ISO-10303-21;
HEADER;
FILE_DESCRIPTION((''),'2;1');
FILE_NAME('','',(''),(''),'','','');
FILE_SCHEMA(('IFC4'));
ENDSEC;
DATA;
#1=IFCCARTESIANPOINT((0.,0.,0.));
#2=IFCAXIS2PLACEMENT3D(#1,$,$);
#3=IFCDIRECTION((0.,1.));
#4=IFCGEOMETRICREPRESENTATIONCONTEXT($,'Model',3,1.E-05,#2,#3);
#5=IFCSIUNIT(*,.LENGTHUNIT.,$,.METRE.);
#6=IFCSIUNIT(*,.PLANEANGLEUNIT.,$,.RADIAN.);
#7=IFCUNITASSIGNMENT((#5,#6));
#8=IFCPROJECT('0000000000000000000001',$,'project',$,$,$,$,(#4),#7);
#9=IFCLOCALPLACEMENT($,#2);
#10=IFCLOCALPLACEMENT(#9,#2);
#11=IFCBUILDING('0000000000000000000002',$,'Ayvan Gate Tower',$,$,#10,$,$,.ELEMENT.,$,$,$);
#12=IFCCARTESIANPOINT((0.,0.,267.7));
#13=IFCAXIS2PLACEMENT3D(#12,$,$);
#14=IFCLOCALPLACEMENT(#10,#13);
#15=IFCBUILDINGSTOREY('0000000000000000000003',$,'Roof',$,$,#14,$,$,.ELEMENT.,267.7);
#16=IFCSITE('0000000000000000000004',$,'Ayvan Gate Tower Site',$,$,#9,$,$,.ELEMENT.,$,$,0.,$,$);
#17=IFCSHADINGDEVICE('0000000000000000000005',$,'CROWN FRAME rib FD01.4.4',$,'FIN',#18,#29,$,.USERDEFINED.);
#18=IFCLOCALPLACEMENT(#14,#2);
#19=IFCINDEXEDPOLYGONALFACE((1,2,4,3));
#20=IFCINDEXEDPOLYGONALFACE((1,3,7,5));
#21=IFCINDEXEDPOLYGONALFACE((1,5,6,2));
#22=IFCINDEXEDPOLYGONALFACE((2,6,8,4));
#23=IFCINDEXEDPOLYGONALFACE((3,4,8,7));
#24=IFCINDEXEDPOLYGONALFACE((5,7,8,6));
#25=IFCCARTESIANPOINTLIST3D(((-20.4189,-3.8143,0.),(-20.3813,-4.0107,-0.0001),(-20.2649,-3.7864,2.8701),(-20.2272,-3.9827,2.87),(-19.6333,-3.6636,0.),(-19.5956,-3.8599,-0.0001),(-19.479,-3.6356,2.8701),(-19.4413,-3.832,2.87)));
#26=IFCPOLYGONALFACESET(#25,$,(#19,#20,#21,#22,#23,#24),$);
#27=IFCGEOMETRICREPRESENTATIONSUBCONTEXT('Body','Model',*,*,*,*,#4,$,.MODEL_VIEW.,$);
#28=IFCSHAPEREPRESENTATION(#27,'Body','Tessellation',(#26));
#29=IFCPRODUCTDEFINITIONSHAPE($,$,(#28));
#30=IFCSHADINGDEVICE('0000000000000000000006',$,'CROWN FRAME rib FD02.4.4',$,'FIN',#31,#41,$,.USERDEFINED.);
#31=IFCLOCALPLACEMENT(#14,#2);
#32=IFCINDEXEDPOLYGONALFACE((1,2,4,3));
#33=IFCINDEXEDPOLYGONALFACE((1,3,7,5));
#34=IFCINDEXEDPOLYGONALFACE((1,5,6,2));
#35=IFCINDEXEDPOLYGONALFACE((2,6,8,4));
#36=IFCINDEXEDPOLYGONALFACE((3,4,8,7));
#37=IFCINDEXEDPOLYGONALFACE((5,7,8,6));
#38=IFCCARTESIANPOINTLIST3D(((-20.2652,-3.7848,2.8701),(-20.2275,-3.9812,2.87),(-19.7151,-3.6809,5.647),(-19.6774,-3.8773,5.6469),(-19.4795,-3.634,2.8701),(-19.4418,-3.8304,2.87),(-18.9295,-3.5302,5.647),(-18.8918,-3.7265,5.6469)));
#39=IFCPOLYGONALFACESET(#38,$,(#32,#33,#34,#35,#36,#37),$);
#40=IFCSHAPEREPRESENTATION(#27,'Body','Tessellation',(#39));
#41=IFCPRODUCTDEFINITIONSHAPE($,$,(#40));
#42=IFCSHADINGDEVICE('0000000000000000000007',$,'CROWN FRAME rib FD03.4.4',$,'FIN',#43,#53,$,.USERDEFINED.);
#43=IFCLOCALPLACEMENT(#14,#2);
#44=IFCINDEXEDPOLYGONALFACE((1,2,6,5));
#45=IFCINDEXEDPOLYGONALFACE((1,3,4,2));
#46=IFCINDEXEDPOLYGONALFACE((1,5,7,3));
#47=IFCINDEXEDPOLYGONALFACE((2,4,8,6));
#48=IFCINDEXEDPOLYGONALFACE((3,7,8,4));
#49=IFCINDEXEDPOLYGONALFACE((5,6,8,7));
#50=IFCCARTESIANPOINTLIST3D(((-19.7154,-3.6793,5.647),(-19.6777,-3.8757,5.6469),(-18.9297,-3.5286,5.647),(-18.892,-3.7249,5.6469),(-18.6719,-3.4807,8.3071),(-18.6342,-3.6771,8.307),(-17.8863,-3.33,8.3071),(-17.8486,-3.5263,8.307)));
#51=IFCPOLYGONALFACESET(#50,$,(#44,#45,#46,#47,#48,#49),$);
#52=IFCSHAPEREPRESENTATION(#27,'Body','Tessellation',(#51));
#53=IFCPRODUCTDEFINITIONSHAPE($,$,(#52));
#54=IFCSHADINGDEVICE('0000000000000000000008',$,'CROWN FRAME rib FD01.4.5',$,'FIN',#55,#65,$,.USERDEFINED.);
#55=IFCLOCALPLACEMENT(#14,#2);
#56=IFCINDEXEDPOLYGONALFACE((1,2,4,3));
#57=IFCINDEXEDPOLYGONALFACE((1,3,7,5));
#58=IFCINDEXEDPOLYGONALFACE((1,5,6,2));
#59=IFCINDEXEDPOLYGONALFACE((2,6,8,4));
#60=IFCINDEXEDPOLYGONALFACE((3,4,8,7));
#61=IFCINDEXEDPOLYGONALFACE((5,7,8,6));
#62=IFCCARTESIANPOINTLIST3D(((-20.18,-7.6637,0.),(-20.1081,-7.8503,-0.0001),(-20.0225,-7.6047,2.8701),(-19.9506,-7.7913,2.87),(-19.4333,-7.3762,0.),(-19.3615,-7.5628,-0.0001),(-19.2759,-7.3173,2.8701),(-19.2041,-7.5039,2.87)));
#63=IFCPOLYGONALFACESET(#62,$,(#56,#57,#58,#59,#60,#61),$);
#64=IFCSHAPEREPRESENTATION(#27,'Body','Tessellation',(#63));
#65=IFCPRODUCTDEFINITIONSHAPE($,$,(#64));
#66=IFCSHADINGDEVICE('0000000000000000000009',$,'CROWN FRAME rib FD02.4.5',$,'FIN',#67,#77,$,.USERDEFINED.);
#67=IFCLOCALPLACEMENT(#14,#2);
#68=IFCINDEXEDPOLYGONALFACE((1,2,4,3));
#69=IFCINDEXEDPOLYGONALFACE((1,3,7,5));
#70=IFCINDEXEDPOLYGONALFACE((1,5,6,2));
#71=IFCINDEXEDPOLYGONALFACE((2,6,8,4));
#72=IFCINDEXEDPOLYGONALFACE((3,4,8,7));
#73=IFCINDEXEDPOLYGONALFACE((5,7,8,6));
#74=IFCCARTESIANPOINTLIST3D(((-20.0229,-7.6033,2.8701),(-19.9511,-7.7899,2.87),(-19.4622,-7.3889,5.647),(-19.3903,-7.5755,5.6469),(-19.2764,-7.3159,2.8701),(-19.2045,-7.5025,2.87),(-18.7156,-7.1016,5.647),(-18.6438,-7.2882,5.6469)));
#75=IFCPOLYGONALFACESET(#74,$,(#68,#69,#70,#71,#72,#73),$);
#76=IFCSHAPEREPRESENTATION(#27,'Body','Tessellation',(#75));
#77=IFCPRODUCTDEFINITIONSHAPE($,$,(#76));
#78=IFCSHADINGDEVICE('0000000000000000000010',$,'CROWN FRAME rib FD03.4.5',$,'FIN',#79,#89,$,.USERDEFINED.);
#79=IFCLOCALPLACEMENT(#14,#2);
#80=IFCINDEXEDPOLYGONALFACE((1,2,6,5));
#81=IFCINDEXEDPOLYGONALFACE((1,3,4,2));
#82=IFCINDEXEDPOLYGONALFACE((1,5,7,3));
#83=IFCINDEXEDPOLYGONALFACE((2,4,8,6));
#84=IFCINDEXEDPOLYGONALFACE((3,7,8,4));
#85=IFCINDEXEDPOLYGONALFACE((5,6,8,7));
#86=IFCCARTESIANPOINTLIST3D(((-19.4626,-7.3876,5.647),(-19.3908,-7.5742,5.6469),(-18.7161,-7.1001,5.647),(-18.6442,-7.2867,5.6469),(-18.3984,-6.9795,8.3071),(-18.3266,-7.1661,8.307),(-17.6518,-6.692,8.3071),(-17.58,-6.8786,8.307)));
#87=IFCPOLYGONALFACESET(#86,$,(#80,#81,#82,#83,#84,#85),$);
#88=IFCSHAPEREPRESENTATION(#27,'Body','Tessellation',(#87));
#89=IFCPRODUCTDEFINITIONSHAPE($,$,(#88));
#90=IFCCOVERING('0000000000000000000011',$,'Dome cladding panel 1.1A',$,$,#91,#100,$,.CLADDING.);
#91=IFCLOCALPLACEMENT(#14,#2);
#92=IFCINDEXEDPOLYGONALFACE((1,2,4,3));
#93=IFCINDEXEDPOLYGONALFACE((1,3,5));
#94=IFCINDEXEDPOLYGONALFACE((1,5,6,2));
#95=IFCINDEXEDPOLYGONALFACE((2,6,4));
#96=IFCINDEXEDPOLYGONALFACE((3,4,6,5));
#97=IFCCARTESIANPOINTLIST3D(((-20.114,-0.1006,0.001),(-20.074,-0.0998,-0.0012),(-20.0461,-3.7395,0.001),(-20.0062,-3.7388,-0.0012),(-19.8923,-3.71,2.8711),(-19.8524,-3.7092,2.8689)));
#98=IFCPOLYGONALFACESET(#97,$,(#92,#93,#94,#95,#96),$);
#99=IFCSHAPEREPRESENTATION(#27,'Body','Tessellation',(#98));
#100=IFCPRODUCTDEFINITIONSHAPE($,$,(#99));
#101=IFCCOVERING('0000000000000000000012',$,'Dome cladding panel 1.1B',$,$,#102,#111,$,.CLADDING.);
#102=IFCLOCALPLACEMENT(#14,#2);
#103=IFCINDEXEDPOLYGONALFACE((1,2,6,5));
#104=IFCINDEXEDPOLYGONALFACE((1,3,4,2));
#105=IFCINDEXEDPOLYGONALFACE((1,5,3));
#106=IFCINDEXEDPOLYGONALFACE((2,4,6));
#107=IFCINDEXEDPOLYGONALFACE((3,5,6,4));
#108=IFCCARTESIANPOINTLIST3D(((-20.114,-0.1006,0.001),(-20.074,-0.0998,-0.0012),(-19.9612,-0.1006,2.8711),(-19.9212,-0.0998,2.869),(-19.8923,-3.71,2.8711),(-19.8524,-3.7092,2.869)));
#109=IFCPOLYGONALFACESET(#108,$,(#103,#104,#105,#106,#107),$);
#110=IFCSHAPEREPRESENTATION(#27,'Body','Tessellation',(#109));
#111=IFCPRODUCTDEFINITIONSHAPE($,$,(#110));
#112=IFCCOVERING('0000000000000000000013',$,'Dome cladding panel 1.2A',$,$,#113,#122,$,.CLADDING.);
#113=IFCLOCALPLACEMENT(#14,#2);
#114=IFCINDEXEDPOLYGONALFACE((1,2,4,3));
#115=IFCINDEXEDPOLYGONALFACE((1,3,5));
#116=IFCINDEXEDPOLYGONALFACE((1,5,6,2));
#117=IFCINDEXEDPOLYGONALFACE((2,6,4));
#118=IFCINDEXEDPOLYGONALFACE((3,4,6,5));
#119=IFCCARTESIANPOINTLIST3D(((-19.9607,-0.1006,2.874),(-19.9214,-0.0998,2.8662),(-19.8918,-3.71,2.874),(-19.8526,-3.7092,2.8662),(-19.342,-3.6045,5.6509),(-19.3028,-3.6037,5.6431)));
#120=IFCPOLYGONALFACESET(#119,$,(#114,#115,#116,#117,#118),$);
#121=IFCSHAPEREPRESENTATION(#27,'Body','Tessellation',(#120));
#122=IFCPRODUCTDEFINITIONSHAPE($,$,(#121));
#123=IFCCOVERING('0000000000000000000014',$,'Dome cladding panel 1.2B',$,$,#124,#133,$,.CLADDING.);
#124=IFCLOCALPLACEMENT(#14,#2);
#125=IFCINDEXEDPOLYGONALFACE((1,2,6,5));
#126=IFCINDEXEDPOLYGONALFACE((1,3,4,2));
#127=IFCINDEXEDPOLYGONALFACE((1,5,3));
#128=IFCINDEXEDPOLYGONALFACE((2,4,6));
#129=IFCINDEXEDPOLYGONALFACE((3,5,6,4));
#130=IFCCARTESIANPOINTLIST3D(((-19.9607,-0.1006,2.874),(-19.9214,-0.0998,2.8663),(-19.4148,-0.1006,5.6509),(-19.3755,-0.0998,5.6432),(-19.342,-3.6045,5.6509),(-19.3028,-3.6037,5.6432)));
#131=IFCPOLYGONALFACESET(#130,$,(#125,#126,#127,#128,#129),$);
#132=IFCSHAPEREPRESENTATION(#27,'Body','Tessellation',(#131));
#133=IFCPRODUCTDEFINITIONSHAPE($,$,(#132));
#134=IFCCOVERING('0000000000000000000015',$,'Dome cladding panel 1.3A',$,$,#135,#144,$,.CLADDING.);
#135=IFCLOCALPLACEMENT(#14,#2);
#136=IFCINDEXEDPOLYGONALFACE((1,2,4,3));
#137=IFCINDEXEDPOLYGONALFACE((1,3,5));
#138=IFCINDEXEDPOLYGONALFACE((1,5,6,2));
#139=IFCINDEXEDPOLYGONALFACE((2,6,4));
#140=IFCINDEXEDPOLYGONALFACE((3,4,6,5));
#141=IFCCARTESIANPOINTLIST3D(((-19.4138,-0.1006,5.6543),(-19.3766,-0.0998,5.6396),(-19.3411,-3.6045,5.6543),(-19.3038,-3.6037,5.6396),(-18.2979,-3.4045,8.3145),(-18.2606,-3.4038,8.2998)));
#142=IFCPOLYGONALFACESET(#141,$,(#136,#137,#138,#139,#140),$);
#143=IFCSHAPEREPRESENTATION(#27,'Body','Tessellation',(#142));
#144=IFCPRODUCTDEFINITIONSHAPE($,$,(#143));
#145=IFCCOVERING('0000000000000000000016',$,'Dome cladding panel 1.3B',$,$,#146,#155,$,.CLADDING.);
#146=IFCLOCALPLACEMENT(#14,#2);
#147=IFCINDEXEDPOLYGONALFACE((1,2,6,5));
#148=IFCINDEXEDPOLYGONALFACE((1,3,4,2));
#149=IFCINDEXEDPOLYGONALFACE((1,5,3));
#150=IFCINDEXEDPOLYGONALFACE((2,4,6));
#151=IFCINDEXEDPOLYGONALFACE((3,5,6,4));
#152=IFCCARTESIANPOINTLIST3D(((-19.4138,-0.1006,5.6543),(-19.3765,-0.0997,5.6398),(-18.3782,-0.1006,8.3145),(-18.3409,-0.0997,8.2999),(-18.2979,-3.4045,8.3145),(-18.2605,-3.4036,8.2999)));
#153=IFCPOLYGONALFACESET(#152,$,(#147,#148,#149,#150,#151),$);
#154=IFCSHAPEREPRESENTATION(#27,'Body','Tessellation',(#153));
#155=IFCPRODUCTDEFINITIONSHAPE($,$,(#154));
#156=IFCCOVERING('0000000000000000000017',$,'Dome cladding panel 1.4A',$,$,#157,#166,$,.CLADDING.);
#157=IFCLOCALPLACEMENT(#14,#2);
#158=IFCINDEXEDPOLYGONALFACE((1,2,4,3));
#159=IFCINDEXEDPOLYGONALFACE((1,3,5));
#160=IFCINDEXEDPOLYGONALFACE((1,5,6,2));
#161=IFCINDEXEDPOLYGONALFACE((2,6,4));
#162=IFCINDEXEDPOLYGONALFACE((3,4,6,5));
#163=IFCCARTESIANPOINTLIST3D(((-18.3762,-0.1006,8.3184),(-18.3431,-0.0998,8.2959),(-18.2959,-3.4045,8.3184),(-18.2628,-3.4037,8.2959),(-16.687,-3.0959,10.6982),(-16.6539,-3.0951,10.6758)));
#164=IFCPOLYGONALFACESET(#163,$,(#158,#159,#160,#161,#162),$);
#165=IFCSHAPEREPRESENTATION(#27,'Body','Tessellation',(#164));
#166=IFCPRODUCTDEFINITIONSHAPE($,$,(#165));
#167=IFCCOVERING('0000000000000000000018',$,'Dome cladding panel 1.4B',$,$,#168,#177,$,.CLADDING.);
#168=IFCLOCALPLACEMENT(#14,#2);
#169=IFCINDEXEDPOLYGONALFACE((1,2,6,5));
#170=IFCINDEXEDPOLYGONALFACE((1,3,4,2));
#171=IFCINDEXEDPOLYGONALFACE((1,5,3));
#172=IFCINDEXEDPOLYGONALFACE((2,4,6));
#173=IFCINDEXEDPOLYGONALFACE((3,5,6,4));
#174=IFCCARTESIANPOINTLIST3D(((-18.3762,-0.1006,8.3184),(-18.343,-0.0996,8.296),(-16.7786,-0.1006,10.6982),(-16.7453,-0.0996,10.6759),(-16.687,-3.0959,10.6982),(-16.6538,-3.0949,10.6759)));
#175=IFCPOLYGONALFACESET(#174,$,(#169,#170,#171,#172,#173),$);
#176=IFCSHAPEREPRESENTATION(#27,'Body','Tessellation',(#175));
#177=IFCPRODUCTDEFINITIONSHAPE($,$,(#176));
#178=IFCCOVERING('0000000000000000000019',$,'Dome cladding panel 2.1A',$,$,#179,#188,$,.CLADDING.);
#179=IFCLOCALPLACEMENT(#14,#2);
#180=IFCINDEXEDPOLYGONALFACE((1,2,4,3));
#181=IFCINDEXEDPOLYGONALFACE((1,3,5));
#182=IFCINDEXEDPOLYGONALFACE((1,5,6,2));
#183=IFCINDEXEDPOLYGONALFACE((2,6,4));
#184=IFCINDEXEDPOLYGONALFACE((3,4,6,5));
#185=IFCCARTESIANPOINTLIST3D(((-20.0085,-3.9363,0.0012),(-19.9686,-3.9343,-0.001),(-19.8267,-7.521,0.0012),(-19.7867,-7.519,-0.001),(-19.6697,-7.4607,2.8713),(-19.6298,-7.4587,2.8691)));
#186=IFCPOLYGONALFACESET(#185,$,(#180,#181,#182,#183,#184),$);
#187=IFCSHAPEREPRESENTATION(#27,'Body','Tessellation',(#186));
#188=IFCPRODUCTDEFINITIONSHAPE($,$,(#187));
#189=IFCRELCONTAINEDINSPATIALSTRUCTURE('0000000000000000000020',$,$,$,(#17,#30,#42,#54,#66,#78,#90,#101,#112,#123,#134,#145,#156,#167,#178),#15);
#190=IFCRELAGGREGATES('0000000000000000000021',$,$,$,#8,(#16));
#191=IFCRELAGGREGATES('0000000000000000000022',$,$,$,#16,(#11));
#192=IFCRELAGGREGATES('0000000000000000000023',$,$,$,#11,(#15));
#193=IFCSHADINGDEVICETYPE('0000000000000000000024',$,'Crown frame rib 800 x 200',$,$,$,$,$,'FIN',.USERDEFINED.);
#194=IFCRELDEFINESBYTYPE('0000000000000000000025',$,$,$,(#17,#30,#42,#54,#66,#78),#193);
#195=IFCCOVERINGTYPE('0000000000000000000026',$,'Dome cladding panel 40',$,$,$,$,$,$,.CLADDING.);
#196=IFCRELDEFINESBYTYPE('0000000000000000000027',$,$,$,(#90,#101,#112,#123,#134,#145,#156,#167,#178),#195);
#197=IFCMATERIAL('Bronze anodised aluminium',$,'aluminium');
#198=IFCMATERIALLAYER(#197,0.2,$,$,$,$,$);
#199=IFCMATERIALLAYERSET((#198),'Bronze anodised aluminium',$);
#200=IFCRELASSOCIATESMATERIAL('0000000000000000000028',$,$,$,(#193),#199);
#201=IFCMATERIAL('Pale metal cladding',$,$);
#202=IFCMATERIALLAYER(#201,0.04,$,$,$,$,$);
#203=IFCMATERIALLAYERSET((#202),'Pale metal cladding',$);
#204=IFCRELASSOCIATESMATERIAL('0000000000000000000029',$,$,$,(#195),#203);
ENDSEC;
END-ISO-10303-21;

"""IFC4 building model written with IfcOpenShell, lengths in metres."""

from ifc_helpers import new_model, si_unit, direction, frame, origin, place, context, subcontext, project, spatial, polyline, outline, extrude, material, layer, layer_set, type_object, element, save


model = new_model("IFC4")

# Units and contexts
model_context = context("Model", 3, precision=1e-05, world=origin(), true_north=direction((0.0, 1.0)))
body_context = subcontext(model_context, "Body", "Model", "MODEL_VIEW")
ifc_project = project(units=[si_unit("LENGTHUNIT", "METRE"), si_unit("PLANEANGLEUNIT", "RADIAN")], contexts=[model_context])

# Site, building, storey
site_placement = place(None, origin())
site = spatial("IfcSite", under=ifc_project, at=site_placement, Name="Ayvan Gate Tower Site", CompositionType="ELEMENT", RefElevation=0.0)
building_placement = place(site_placement, origin())
building = spatial("IfcBuilding", under=site, at=building_placement, Name="Ayvan Gate Tower", CompositionType="ELEMENT")
storey_placement = place(building_placement, frame((0.0, 0.0, 267.7)))
storey = spatial("IfcBuildingStorey", under=building, at=storey_placement, Name="Roof", CompositionType="ELEMENT", Elevation=267.7)

# Shading devices
ifc_material_1 = material(Name="Bronze anodised aluminium", Category="aluminium")
ifc_layer_1 = layer(ifc_material_1, 0.2)
ifc_layer_set_1 = layer_set([ifc_layer_1], Name="Bronze anodised aluminium")
shading_device_type = type_object("IfcShadingDeviceType", Name="Crown frame rib 800 x 200", ElementType="FIN", PredefinedType="USERDEFINED", material=ifc_layer_set_1)
shading_device_1_placement = place(storey_placement, frame((-19.6333, -3.6636, 0.0), z_axis=(-0.188423, 0.982088, 0.000556), x_axis=(-0.982088, -0.188423, 0.0)))
element("IfcShadingDevice", 1, at=shading_device_1_placement, inside=storey, type_object=shading_device_type, Name="CROWN FRAME rib FD01.4.4", ObjectType="FIN", PredefinedType="USERDEFINED", context=body_context, shape_type="SweptSolid", body=[
    extrude(outline(polyline([(0.0, 0.0), (0.8, 0.0), (0.6434, 2.8701), (-0.1568, 2.8701), (0.0, 0.0)])), origin(), (0.0, 0.0, -1.0), 0.2),
])
shading_device_2_placement = place(storey_placement, frame((-19.4795, -3.634, 2.8701), z_axis=(-0.188451, 0.982082, 0.000589), x_axis=(-0.982083, -0.188451, 0.0)))
element("IfcShadingDevice", 2, at=shading_device_2_placement, inside=storey, type_object=shading_device_type, Name="CROWN FRAME rib FD02.4.4", ObjectType="FIN", PredefinedType="USERDEFINED", context=body_context, shape_type="SweptSolid", body=[
    extrude(outline(polyline([(0.0, 0.0), (0.8, 0.0), (0.2402, 2.7769), (-0.5597, 2.7769), (0.0, 0.0)])), origin(), (0.0, 0.0, -1.0), 0.2),
])
shading_device_3_placement = place(storey_placement, frame((-18.9297, -3.5286, 5.647), z_axis=(-0.188451, 0.982082, 0.000598), x_axis=(-0.982083, -0.188451, 0.0)))
element("IfcShadingDevice", 3, at=shading_device_3_placement, inside=storey, type_object=shading_device_type, Name="CROWN FRAME rib FD03.4.4", ObjectType="FIN", PredefinedType="USERDEFINED", context=body_context, shape_type="SweptSolid", body=[
    extrude(outline(polyline([(0.0, 0.0), (0.8, 0.0), (-0.2622, 2.6602), (-1.0622, 2.6602), (0.0, 0.0)])), origin(), (0.0, 0.0, -1.0), 0.2),
])
shading_device_4_placement = place(storey_placement, frame((-19.4333, -7.3762, 0.0), z_axis=(-0.359337, 0.933208, 0.000545), x_axis=(-0.933208, -0.359337, 0.0)))
element("IfcShadingDevice", 4, at=shading_device_4_placement, inside=storey, type_object=shading_device_type, Name="CROWN FRAME rib FD01.4.5", ObjectType="FIN", PredefinedType="USERDEFINED", context=body_context, shape_type="SweptSolid", body=[
    extrude(outline(polyline([(0.0, 0.0), (0.8001, 0.0), (0.6319, 2.8701), (-0.1681, 2.8701), (0.0, 0.0)])), origin(), (0.0, 0.0, -1.0), 0.2),
])
shading_device_5_placement = place(storey_placement, frame((-19.2764, -7.3159, 2.8701), z_axis=(-0.359204, 0.933259, 0.0005), x_axis=(-0.933259, -0.359204, 0.0)))
element("IfcShadingDevice", 5, at=shading_device_5_placement, inside=storey, type_object=shading_device_type, Name="CROWN FRAME rib FD02.4.5", ObjectType="FIN", PredefinedType="USERDEFINED", context=body_context, shape_type="SweptSolid", body=[
    extrude(outline(polyline([(0.0, 0.0), (0.8, 0.0), (0.1996, 2.7769), (-0.6004, 2.7769), (0.0, 0.0)])), origin(), (0.0, 0.0, -1.0), 0.2),
])
shading_device_6_placement = place(storey_placement, frame((-18.7161, -7.1001, 5.647), z_axis=(-0.359337, 0.933208, 0.000596), x_axis=(-0.933208, -0.359337, 0.0)))
element("IfcShadingDevice", 6, at=shading_device_6_placement, inside=storey, type_object=shading_device_type, Name="CROWN FRAME rib FD03.4.5", ObjectType="FIN", PredefinedType="USERDEFINED", context=body_context, shape_type="SweptSolid", body=[
    extrude(outline(polyline([(0.0, 0.0), (0.8, 0.0), (-0.3398, 2.6602), (-1.1398, 2.6602), (0.0, 0.0)])), origin(), (0.0, 0.0, -1.0), 0.2),
])

# Coverings
ifc_material_2 = material(Name="Pale metal cladding")
ifc_layer_2 = layer(ifc_material_2, 0.04)
ifc_layer_set_2 = layer_set([ifc_layer_2], Name="Pale metal cladding")
covering_type = type_object("IfcCoveringType", Name="Dome cladding panel 40", PredefinedType="CLADDING", material=ifc_layer_set_2)
covering_1_placement = place(storey_placement, frame((-20.114, -0.1006, 0.001), z_axis=(-0.998384, -0.018621, 0.053695), x_axis=(0.018648, -0.999826, 0.0)))
element("IfcCovering", 7, at=covering_1_placement, inside=storey, type_object=covering_type, Name="Dome cladding panel 1.1A", PredefinedType="CLADDING", context=body_context, shape_type="SweptSolid", body=[
    extrude(outline(polyline([(0.0, 0.0), (3.6395, 0.0), (3.6129, 2.8743), (0.0, 0.0)])), origin(), (0.0, 0.0, -1.0), 0.04),
])
covering_2_placement = place(storey_placement, frame((-20.114, -0.1006, 0.001), z_axis=(-0.998404, -0.019044, 0.053164), x_axis=(0.048016, -0.781801, 0.621676)))
element("IfcCovering", 8, at=covering_2_placement, inside=storey, type_object=covering_type, Name="Dome cladding panel 1.1B", PredefinedType="CLADDING", context=body_context, shape_type="SweptSolid", body=[
    extrude(outline(polyline([(0.0, 0.0), (4.6167, 0.0), (1.7916, 2.2474), (0.0, 0.0)])), origin(), (0.0, 0.0, -1.0), 0.04),
])
covering_3_placement = place(storey_placement, frame((-19.9607, -0.1006, 2.874), z_axis=(-0.98065, -0.018706, 0.194875), x_axis=(0.019071, -0.999818, 0.0)))
element("IfcCovering", 9, at=covering_3_placement, inside=storey, type_object=covering_type, Name="Dome cladding panel 1.2A", PredefinedType="CLADDING", context=body_context, shape_type="SweptSolid", body=[
    extrude(outline(polyline([(0.0, 0.0), (3.61, 0.0), (3.5151, 2.8311), (0.0, 0.0)])), origin(), (0.0, 0.0, -1.0), 0.04),
])
covering_4_placement = place(storey_placement, frame((-19.9607, -0.1006, 2.874), z_axis=(-0.981016, -0.020369, 0.192857), x_axis=(0.137069, -0.77633, 0.615243)))
element("IfcCovering", 10, at=covering_4_placement, inside=storey, type_object=covering_type, Name="Dome cladding panel 1.2B", PredefinedType="CLADDING", context=body_context, shape_type="SweptSolid", body=[
    extrude(outline(polyline([(0.0, 0.0), (4.5134, 0.0), (1.7833, 2.1975), (0.0, 0.0)])), origin(), (0.0, 0.0, -1.0), 0.04),
])
covering_5_placement = place(storey_placement, frame((-19.4138, -0.1006, 5.6543), z_axis=(-0.930303, -0.019317, 0.366282), x_axis=(0.020759, -0.999785, 0.0)))
element("IfcCovering", 11, at=covering_5_placement, inside=storey, type_object=covering_type, Name="Dome cladding panel 1.3A", PredefinedType="CLADDING", context=body_context, shape_type="SweptSolid", body=[
    extrude(outline(polyline([(0.0, 0.0), (3.5047, 0.0), (3.3264, 2.8588), (0.0, 0.0)])), origin(), (0.0, 0.0, -1.0), 0.04),
])
covering_6_placement = place(storey_placement, frame((-19.4138, -0.1006, 5.6543), z_axis=(-0.931631, -0.022649, 0.3627), x_axis=(0.254432, -0.753277, 0.606496)))
element("IfcCovering", 12, at=covering_6_placement, inside=storey, type_object=covering_type, Name="Dome cladding panel 1.3B", PredefinedType="CLADDING", context=body_context, shape_type="SweptSolid", body=[
    extrude(outline(polyline([(0.0, 0.0), (4.3861, 0.0), (1.8769, 2.1509), (0.0, 0.0)])), origin(), (0.0, 0.0, -1.0), 0.04),
])
covering_7_placement = place(storey_placement, frame((-18.3762, -0.1006, 8.3184), z_axis=(-0.827071, -0.020107, 0.561737), x_axis=(0.024304, -0.999705, 0.0)))
element("IfcCovering", 13, at=covering_7_placement, inside=storey, type_object=covering_type, Name="Dome cladding panel 1.4A", PredefinedType="CLADDING", context=body_context, shape_type="SweptSolid", body=[
    extrude(outline(polyline([(0.0, 0.0), (3.3049, 0.0), (3.0355, 2.8766), (0.0, 0.0)])), origin(), (0.0, 0.0, -1.0), 0.04),
])
covering_8_placement = place(storey_placement, frame((-18.3762, -0.1006, 8.3184), z_axis=(-0.829997, -0.025369, 0.557191), x_axis=(0.40392, -0.716244, 0.569072)))
element("IfcCovering", 14, at=covering_8_placement, inside=storey, type_object=covering_type, Name="Dome cladding panel 1.4B", PredefinedType="CLADDING", context=body_context, shape_type="SweptSolid", body=[
    extrude(outline(polyline([(0.0, 0.0), (4.182, 0.0), (1.9997, 2.0537), (0.0, 0.0)])), origin(), (0.0, 0.0, -1.0), 0.04),
])
covering_9_placement = place(storey_placement, frame((-20.0085, -3.9363, 0.0012), z_axis=(-0.99717, -0.050595, 0.055604), x_axis=(0.050674, -0.998715, 0.0)))
element("IfcCovering", 15, at=covering_9_placement, inside=storey, type_object=covering_type, Name="Dome cladding panel 2.1A", PredefinedType="CLADDING", context=body_context, shape_type="SweptSolid", body=[
    extrude(outline(polyline([(0.0, 0.0), (3.5893, 0.0), (3.5371, 2.8746), (0.0, 0.0)])), origin(), (0.0, 0.0, -1.0), 0.04),
])

save(model, "model.ifc")
